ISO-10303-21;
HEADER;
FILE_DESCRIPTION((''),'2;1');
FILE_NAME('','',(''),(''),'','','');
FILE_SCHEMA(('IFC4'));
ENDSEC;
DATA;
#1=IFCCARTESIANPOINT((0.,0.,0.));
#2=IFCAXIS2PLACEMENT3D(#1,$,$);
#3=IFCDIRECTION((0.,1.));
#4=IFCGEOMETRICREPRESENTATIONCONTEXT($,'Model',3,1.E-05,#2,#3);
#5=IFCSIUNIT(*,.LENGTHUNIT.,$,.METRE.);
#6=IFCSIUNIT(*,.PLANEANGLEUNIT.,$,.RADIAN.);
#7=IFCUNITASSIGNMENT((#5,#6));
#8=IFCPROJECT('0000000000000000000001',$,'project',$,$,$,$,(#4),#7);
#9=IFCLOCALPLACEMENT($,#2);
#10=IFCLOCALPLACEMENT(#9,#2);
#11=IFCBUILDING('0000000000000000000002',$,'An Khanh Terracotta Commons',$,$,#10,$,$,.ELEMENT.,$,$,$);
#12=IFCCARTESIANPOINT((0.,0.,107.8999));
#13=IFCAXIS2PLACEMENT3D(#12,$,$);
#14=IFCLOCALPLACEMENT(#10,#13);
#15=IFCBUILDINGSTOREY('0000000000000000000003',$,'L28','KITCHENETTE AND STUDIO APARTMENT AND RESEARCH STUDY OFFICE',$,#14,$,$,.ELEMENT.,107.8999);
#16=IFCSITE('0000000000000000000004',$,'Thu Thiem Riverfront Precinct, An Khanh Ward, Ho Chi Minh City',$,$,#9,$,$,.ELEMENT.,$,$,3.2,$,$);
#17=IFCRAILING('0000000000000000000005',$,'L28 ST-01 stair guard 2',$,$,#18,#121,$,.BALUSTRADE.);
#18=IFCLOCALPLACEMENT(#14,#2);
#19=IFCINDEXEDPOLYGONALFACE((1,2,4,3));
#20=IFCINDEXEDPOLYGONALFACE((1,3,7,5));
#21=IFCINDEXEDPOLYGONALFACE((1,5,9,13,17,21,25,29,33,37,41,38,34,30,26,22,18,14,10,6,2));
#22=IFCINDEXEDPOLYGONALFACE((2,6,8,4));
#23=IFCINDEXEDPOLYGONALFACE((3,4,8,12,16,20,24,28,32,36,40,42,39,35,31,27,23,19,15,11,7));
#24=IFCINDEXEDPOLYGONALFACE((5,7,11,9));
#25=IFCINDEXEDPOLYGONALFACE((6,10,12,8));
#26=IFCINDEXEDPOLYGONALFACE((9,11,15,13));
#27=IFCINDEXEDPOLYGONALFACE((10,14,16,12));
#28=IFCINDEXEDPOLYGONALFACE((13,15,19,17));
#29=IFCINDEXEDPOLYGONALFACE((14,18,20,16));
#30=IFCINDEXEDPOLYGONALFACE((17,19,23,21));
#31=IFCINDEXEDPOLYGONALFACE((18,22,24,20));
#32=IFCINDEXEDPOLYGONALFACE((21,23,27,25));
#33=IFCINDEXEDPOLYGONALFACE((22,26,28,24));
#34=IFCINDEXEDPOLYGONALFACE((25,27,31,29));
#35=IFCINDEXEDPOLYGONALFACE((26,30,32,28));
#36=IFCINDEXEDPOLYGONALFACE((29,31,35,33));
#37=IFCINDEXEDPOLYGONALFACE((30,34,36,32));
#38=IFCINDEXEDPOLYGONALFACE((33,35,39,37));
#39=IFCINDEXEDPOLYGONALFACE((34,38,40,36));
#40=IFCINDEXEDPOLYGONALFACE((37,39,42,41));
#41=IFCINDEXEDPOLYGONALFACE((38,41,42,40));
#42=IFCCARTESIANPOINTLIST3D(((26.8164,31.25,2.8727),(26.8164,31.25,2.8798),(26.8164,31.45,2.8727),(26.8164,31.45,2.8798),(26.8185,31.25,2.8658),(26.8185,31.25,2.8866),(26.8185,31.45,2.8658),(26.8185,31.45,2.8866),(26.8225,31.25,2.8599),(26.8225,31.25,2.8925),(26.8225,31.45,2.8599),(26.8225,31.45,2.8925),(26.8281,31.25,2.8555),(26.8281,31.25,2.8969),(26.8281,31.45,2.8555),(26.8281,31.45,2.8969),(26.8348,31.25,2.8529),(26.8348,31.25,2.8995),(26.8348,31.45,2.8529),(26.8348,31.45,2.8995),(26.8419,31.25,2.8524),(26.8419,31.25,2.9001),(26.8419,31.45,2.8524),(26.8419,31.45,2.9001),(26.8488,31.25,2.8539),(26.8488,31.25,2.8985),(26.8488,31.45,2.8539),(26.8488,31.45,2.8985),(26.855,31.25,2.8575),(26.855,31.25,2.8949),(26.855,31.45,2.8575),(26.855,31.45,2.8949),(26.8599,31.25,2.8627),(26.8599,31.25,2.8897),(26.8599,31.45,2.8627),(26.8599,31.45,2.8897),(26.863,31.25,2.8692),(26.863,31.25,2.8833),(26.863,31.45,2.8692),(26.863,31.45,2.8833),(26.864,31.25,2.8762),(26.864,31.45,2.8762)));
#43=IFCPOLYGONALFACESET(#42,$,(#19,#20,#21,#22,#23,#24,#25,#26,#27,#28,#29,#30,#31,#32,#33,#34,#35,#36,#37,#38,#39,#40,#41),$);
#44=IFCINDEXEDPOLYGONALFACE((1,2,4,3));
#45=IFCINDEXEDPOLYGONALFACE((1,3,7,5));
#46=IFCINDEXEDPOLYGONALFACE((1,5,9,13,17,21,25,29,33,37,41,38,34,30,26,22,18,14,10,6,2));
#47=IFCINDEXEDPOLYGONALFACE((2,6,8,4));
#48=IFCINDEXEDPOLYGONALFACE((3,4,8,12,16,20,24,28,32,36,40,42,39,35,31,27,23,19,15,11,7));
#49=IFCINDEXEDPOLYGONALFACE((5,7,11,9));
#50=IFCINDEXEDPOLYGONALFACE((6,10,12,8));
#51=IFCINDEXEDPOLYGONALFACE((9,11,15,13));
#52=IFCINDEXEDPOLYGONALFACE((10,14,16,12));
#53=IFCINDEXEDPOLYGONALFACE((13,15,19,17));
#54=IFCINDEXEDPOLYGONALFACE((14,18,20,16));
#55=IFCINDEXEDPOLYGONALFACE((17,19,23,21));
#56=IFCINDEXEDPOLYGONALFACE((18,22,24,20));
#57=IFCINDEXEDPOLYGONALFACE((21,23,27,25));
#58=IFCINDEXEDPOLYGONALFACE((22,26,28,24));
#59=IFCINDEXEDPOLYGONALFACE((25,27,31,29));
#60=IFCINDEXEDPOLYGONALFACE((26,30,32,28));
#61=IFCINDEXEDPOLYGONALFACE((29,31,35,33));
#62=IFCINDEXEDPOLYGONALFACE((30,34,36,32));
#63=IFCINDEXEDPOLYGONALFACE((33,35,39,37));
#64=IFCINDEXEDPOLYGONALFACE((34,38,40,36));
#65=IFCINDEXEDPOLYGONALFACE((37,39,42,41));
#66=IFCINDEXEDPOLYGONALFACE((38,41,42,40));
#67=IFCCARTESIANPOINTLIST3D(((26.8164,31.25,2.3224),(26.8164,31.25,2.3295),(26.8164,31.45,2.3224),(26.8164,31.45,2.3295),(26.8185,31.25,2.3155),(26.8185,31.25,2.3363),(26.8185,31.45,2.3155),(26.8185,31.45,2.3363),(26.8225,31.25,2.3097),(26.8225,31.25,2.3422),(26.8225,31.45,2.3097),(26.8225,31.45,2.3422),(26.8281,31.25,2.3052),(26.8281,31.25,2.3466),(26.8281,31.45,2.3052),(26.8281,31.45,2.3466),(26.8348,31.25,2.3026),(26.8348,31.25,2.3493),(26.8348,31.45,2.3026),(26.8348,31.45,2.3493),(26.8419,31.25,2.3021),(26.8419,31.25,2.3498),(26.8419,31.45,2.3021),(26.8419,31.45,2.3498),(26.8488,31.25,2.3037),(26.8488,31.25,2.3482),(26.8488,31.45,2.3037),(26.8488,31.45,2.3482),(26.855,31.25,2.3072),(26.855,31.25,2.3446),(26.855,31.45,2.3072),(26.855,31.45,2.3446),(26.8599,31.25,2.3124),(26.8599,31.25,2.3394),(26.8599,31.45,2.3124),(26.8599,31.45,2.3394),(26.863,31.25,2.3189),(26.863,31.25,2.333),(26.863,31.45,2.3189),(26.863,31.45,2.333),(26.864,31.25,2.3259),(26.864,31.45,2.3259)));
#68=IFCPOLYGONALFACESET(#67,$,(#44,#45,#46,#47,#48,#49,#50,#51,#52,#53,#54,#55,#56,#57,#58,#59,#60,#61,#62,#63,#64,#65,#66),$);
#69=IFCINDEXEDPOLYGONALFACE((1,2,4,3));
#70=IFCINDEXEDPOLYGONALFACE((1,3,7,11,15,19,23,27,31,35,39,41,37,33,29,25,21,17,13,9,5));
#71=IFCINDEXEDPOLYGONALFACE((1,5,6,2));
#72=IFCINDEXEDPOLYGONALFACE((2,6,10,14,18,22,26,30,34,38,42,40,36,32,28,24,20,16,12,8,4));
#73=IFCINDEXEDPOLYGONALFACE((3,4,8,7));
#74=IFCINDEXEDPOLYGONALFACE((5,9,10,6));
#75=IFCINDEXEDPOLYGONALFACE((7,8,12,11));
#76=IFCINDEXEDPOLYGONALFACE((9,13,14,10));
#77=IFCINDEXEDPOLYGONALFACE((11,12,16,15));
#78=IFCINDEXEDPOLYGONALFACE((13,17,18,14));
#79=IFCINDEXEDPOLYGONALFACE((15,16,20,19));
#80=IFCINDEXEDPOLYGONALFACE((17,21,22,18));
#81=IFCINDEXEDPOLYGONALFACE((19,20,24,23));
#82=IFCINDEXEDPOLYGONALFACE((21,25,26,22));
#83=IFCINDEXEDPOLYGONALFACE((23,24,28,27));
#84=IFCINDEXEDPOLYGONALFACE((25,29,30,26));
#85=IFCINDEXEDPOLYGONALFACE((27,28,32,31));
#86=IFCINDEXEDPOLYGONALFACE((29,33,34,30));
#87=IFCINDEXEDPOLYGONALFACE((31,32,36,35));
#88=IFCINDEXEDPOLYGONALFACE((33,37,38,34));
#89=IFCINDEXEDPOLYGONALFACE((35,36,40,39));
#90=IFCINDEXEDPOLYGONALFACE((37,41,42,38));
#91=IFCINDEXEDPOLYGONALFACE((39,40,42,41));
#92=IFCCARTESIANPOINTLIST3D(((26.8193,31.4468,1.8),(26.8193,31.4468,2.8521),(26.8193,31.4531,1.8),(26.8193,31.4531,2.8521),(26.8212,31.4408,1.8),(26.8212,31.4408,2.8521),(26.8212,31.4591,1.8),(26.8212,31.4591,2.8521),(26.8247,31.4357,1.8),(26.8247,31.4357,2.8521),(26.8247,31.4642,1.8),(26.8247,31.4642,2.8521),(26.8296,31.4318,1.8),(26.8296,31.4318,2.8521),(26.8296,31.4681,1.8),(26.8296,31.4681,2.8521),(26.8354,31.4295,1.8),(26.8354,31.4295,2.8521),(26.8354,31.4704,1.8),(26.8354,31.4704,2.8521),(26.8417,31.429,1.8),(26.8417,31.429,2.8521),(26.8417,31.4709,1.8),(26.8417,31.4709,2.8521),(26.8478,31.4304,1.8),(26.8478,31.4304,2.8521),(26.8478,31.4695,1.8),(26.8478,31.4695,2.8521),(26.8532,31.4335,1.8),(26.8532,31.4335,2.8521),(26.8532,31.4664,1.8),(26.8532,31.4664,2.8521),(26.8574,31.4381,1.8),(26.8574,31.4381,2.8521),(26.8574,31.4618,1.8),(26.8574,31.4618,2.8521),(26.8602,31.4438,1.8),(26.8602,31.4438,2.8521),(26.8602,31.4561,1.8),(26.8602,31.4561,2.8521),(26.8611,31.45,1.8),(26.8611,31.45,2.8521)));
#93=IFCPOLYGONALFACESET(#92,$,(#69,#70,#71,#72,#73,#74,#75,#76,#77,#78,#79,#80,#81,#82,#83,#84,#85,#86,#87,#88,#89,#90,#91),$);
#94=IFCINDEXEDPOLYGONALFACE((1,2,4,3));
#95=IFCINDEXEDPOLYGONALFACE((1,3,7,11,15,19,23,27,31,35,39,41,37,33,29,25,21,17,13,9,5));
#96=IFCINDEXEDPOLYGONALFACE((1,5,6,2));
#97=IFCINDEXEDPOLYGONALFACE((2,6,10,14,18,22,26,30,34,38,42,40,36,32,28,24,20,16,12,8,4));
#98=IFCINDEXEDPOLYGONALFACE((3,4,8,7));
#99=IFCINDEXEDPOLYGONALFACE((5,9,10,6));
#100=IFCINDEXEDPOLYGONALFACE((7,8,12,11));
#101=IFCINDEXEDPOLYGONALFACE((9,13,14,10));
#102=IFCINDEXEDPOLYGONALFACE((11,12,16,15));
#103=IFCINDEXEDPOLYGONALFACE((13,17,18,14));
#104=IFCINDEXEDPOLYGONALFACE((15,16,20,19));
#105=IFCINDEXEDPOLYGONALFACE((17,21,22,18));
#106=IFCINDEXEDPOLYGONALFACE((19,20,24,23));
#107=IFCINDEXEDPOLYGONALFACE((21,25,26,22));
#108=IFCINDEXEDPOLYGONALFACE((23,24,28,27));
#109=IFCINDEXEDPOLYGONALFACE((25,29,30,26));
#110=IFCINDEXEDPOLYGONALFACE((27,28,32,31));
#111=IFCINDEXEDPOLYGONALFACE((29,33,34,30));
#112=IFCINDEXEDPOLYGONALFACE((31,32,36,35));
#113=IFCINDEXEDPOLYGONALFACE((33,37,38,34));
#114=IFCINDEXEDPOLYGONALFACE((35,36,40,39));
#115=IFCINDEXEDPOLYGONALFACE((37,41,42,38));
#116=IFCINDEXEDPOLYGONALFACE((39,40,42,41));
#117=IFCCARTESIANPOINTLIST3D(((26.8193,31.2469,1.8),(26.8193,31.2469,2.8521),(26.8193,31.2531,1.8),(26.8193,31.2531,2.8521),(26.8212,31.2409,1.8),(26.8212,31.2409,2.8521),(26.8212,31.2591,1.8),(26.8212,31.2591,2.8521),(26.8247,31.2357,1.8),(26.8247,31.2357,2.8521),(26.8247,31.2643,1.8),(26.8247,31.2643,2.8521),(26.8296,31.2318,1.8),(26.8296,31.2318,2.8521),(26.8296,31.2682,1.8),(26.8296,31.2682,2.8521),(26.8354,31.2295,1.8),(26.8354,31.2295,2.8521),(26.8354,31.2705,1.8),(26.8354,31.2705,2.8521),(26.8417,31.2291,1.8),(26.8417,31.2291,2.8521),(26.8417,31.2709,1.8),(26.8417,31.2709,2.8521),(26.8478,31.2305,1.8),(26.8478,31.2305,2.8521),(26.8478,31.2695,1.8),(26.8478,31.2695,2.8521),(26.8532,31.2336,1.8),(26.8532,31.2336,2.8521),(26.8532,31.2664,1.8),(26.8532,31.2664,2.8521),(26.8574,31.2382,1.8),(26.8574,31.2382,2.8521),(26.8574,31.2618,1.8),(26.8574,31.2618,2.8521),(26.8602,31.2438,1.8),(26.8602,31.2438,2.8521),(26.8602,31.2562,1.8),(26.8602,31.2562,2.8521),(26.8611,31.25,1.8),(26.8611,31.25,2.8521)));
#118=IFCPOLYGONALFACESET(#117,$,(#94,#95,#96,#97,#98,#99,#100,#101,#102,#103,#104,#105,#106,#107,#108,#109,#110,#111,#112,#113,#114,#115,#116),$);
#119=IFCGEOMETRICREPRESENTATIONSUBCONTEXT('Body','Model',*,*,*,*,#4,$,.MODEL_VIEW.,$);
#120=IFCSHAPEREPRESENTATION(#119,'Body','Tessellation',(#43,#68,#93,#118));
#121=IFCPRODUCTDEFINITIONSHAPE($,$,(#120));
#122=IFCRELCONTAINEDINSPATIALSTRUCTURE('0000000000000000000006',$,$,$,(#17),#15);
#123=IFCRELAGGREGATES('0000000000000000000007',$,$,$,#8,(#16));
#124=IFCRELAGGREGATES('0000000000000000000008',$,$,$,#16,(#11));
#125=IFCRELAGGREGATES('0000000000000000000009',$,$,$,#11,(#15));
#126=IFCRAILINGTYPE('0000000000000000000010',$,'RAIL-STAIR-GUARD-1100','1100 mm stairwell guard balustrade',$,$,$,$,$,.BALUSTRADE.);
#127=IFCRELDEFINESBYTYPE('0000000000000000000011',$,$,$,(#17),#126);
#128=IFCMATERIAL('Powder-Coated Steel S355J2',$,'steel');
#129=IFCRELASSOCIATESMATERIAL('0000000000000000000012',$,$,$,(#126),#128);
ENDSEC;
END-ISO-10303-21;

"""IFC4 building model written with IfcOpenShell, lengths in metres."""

from ifc_helpers import new_model, si_unit, direction, frame, origin, origin_2d, place, context, subcontext, project, spatial, circle, extrude, material, type_object, element, save


model = new_model("IFC4")

# Units and contexts
model_context = context("Model", 3, precision=1e-05, world=origin(), true_north=direction((0.0, 1.0)))
body_context = subcontext(model_context, "Body", "Model", "MODEL_VIEW")
ifc_project = project(units=[si_unit("LENGTHUNIT", "METRE"), si_unit("PLANEANGLEUNIT", "RADIAN")], contexts=[model_context])

# Site, building, storey
site_placement = place(None, origin())
site = spatial("IfcSite", under=ifc_project, at=site_placement, Name="Thu Thiem Riverfront Precinct, An Khanh Ward, Ho Chi Minh City", CompositionType="ELEMENT", RefElevation=3.2)
building_placement = place(site_placement, origin())
building = spatial("IfcBuilding", under=site, at=building_placement, Name="An Khanh Terracotta Commons", CompositionType="ELEMENT")
storey_placement = place(building_placement, frame((0.0, 0.0, 107.8999)))
storey = spatial("IfcBuildingStorey", under=building, at=storey_placement, Name="L28", Description="KITCHENETTE AND STUDIO APARTMENT AND RESEARCH STUDY OFFICE", CompositionType="ELEMENT", Elevation=107.8999)

# Railing
ifc_material_1 = material(Name="Powder-Coated Steel S355J2", Category="steel")
railing_type_1 = type_object("IfcRailingType", Name="RAIL-STAIR-GUARD-1100", Description="1100 mm stairwell guard balustrade", PredefinedType="BALUSTRADE", material=ifc_material_1)
railing_1_placement = place(storey_placement, frame((26.8401, 31.45, 1.8)))
element("IfcRailing", 1, at=railing_1_placement, inside=storey, type_object=railing_type_1, Name="L28 ST-01 stair guard 2", PredefinedType="BALUSTRADE", context=body_context, shape_type="SweptSolid", body=[
    extrude(circle(Radius=0.0239, at=origin_2d()), frame((0.0, 0.0, 1.0762), z_axis=(0.0, -1.0, 0.0), x_axis=(1.0, 0.0, 0.0)), (0.0, 0.0, 1.0), 0.2),
    extrude(circle(Radius=0.0239, at=origin_2d()), frame((0.0, 0.0, 0.5259), z_axis=(0.0, -1.0, 0.0), x_axis=(1.0, 0.0, 0.0)), (0.0, 0.0, 1.0), 0.2),
    extrude(circle(Radius=0.021, at=origin_2d()), origin(), (0.0, 0.0, 1.0), 1.052),
    extrude(circle(Radius=0.021, at=origin_2d()), frame((0.0, -0.2, 0.0)), (0.0, 0.0, 1.0), 1.052),
])

save(model, "model.ifc")
